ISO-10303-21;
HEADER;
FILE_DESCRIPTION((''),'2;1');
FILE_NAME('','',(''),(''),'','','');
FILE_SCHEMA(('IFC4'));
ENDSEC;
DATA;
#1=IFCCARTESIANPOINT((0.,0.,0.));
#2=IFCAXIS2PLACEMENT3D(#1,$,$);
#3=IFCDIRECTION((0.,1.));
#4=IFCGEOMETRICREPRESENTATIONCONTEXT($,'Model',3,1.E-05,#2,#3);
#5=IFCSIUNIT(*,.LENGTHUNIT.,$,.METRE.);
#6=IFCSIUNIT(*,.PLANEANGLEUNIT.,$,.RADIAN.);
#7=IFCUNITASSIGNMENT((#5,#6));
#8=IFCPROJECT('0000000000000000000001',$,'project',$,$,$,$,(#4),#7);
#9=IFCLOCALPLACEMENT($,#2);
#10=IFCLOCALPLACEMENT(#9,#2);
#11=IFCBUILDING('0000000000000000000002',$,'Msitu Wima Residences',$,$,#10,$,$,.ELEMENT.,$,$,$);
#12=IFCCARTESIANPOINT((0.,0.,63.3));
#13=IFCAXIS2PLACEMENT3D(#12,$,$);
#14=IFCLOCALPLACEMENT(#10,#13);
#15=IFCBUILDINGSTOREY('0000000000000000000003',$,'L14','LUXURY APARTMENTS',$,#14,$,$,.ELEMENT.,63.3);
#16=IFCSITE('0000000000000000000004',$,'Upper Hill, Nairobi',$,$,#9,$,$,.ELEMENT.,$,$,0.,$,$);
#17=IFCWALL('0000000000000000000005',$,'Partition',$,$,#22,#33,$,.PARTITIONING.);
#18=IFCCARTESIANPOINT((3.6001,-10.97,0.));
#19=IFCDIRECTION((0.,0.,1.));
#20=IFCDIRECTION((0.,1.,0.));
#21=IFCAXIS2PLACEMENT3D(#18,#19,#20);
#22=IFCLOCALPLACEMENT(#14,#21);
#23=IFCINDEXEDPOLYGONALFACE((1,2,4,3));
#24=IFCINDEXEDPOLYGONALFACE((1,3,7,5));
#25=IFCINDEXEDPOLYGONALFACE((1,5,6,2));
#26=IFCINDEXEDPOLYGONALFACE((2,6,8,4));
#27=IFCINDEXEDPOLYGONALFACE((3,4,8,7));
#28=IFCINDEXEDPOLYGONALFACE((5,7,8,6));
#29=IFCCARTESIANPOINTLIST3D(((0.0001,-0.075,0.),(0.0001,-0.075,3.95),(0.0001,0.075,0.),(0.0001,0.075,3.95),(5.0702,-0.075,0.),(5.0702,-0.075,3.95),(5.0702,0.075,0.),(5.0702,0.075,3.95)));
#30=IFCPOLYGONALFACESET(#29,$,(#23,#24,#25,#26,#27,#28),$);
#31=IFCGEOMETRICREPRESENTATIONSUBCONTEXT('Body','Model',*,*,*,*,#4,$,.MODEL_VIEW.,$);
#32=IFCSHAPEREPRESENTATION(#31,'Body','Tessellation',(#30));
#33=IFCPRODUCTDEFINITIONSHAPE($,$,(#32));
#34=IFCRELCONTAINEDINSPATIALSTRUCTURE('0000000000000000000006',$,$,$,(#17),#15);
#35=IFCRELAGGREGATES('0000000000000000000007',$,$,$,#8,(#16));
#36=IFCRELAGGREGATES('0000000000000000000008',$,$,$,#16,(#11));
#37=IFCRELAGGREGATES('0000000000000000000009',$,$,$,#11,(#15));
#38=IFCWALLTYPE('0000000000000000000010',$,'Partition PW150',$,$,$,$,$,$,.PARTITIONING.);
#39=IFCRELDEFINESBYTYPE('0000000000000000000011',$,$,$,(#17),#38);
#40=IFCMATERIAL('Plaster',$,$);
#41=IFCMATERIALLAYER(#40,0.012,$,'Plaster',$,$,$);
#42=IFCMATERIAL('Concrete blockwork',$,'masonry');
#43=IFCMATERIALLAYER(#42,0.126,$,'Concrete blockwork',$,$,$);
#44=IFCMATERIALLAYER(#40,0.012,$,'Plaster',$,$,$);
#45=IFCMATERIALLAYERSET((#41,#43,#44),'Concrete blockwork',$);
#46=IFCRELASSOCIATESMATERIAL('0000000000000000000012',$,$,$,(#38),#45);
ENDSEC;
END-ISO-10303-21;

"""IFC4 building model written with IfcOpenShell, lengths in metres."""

from ifc_helpers import new_model, si_unit, direction, frame, frame_2d, origin, place, context, subcontext, project, spatial, rectangle, extrude, material, layer, layer_set, type_object, element, save


model = new_model("IFC4")

# Units and contexts
model_context = context("Model", 3, precision=1e-05, world=origin(), true_north=direction((0.0, 1.0)))
body_context = subcontext(model_context, "Body", "Model", "MODEL_VIEW")
ifc_project = project(units=[si_unit("LENGTHUNIT", "METRE"), si_unit("PLANEANGLEUNIT", "RADIAN")], contexts=[model_context])

# Site, building, storey
site_placement = place(None, origin())
site = spatial("IfcSite", under=ifc_project, at=site_placement, Name="Upper Hill, Nairobi", CompositionType="ELEMENT", RefElevation=0.0)
building_placement = place(site_placement, origin())
building = spatial("IfcBuilding", under=site, at=building_placement, Name="Msitu Wima Residences", CompositionType="ELEMENT")
storey_placement = place(building_placement, frame((0.0, 0.0, 63.3)))
storey = spatial("IfcBuildingStorey", under=building, at=storey_placement, Name="L14", Description="LUXURY APARTMENTS", CompositionType="ELEMENT", Elevation=63.3)

# Wall
ifc_material_1 = material(Name="Plaster")
ifc_layer_1 = layer(ifc_material_1, 0.012, Name="Plaster")
ifc_material_2 = material(Name="Concrete blockwork", Category="masonry")
ifc_layer_2 = layer(ifc_material_2, 0.126, Name="Concrete blockwork")
ifc_layer_3 = layer(ifc_material_1, 0.012, Name="Plaster")
ifc_layer_set_1 = layer_set([ifc_layer_1, ifc_layer_2, ifc_layer_3], Name="Concrete blockwork")
wall_type_1 = type_object("IfcWallType", Name="Partition PW150", PredefinedType="PARTITIONING", material=ifc_layer_set_1)
wall_1_placement = place(storey_placement, frame((3.6001, -10.97, 0.0), z_axis=(0.0, 0.0, 1.0), x_axis=(0.0, 1.0, 0.0)))
element("IfcWall", 1, at=wall_1_placement, inside=storey, type_object=wall_type_1, Name="Partition", PredefinedType="PARTITIONING", context=body_context, shape_type="SweptSolid", body=[
    extrude(rectangle(XDim=5.0701, YDim=0.1499, at=frame_2d((2.5352, 0.0))), origin(), (0.0, 0.0, 1.0), 3.95),
])

save(model, "model.ifc")
